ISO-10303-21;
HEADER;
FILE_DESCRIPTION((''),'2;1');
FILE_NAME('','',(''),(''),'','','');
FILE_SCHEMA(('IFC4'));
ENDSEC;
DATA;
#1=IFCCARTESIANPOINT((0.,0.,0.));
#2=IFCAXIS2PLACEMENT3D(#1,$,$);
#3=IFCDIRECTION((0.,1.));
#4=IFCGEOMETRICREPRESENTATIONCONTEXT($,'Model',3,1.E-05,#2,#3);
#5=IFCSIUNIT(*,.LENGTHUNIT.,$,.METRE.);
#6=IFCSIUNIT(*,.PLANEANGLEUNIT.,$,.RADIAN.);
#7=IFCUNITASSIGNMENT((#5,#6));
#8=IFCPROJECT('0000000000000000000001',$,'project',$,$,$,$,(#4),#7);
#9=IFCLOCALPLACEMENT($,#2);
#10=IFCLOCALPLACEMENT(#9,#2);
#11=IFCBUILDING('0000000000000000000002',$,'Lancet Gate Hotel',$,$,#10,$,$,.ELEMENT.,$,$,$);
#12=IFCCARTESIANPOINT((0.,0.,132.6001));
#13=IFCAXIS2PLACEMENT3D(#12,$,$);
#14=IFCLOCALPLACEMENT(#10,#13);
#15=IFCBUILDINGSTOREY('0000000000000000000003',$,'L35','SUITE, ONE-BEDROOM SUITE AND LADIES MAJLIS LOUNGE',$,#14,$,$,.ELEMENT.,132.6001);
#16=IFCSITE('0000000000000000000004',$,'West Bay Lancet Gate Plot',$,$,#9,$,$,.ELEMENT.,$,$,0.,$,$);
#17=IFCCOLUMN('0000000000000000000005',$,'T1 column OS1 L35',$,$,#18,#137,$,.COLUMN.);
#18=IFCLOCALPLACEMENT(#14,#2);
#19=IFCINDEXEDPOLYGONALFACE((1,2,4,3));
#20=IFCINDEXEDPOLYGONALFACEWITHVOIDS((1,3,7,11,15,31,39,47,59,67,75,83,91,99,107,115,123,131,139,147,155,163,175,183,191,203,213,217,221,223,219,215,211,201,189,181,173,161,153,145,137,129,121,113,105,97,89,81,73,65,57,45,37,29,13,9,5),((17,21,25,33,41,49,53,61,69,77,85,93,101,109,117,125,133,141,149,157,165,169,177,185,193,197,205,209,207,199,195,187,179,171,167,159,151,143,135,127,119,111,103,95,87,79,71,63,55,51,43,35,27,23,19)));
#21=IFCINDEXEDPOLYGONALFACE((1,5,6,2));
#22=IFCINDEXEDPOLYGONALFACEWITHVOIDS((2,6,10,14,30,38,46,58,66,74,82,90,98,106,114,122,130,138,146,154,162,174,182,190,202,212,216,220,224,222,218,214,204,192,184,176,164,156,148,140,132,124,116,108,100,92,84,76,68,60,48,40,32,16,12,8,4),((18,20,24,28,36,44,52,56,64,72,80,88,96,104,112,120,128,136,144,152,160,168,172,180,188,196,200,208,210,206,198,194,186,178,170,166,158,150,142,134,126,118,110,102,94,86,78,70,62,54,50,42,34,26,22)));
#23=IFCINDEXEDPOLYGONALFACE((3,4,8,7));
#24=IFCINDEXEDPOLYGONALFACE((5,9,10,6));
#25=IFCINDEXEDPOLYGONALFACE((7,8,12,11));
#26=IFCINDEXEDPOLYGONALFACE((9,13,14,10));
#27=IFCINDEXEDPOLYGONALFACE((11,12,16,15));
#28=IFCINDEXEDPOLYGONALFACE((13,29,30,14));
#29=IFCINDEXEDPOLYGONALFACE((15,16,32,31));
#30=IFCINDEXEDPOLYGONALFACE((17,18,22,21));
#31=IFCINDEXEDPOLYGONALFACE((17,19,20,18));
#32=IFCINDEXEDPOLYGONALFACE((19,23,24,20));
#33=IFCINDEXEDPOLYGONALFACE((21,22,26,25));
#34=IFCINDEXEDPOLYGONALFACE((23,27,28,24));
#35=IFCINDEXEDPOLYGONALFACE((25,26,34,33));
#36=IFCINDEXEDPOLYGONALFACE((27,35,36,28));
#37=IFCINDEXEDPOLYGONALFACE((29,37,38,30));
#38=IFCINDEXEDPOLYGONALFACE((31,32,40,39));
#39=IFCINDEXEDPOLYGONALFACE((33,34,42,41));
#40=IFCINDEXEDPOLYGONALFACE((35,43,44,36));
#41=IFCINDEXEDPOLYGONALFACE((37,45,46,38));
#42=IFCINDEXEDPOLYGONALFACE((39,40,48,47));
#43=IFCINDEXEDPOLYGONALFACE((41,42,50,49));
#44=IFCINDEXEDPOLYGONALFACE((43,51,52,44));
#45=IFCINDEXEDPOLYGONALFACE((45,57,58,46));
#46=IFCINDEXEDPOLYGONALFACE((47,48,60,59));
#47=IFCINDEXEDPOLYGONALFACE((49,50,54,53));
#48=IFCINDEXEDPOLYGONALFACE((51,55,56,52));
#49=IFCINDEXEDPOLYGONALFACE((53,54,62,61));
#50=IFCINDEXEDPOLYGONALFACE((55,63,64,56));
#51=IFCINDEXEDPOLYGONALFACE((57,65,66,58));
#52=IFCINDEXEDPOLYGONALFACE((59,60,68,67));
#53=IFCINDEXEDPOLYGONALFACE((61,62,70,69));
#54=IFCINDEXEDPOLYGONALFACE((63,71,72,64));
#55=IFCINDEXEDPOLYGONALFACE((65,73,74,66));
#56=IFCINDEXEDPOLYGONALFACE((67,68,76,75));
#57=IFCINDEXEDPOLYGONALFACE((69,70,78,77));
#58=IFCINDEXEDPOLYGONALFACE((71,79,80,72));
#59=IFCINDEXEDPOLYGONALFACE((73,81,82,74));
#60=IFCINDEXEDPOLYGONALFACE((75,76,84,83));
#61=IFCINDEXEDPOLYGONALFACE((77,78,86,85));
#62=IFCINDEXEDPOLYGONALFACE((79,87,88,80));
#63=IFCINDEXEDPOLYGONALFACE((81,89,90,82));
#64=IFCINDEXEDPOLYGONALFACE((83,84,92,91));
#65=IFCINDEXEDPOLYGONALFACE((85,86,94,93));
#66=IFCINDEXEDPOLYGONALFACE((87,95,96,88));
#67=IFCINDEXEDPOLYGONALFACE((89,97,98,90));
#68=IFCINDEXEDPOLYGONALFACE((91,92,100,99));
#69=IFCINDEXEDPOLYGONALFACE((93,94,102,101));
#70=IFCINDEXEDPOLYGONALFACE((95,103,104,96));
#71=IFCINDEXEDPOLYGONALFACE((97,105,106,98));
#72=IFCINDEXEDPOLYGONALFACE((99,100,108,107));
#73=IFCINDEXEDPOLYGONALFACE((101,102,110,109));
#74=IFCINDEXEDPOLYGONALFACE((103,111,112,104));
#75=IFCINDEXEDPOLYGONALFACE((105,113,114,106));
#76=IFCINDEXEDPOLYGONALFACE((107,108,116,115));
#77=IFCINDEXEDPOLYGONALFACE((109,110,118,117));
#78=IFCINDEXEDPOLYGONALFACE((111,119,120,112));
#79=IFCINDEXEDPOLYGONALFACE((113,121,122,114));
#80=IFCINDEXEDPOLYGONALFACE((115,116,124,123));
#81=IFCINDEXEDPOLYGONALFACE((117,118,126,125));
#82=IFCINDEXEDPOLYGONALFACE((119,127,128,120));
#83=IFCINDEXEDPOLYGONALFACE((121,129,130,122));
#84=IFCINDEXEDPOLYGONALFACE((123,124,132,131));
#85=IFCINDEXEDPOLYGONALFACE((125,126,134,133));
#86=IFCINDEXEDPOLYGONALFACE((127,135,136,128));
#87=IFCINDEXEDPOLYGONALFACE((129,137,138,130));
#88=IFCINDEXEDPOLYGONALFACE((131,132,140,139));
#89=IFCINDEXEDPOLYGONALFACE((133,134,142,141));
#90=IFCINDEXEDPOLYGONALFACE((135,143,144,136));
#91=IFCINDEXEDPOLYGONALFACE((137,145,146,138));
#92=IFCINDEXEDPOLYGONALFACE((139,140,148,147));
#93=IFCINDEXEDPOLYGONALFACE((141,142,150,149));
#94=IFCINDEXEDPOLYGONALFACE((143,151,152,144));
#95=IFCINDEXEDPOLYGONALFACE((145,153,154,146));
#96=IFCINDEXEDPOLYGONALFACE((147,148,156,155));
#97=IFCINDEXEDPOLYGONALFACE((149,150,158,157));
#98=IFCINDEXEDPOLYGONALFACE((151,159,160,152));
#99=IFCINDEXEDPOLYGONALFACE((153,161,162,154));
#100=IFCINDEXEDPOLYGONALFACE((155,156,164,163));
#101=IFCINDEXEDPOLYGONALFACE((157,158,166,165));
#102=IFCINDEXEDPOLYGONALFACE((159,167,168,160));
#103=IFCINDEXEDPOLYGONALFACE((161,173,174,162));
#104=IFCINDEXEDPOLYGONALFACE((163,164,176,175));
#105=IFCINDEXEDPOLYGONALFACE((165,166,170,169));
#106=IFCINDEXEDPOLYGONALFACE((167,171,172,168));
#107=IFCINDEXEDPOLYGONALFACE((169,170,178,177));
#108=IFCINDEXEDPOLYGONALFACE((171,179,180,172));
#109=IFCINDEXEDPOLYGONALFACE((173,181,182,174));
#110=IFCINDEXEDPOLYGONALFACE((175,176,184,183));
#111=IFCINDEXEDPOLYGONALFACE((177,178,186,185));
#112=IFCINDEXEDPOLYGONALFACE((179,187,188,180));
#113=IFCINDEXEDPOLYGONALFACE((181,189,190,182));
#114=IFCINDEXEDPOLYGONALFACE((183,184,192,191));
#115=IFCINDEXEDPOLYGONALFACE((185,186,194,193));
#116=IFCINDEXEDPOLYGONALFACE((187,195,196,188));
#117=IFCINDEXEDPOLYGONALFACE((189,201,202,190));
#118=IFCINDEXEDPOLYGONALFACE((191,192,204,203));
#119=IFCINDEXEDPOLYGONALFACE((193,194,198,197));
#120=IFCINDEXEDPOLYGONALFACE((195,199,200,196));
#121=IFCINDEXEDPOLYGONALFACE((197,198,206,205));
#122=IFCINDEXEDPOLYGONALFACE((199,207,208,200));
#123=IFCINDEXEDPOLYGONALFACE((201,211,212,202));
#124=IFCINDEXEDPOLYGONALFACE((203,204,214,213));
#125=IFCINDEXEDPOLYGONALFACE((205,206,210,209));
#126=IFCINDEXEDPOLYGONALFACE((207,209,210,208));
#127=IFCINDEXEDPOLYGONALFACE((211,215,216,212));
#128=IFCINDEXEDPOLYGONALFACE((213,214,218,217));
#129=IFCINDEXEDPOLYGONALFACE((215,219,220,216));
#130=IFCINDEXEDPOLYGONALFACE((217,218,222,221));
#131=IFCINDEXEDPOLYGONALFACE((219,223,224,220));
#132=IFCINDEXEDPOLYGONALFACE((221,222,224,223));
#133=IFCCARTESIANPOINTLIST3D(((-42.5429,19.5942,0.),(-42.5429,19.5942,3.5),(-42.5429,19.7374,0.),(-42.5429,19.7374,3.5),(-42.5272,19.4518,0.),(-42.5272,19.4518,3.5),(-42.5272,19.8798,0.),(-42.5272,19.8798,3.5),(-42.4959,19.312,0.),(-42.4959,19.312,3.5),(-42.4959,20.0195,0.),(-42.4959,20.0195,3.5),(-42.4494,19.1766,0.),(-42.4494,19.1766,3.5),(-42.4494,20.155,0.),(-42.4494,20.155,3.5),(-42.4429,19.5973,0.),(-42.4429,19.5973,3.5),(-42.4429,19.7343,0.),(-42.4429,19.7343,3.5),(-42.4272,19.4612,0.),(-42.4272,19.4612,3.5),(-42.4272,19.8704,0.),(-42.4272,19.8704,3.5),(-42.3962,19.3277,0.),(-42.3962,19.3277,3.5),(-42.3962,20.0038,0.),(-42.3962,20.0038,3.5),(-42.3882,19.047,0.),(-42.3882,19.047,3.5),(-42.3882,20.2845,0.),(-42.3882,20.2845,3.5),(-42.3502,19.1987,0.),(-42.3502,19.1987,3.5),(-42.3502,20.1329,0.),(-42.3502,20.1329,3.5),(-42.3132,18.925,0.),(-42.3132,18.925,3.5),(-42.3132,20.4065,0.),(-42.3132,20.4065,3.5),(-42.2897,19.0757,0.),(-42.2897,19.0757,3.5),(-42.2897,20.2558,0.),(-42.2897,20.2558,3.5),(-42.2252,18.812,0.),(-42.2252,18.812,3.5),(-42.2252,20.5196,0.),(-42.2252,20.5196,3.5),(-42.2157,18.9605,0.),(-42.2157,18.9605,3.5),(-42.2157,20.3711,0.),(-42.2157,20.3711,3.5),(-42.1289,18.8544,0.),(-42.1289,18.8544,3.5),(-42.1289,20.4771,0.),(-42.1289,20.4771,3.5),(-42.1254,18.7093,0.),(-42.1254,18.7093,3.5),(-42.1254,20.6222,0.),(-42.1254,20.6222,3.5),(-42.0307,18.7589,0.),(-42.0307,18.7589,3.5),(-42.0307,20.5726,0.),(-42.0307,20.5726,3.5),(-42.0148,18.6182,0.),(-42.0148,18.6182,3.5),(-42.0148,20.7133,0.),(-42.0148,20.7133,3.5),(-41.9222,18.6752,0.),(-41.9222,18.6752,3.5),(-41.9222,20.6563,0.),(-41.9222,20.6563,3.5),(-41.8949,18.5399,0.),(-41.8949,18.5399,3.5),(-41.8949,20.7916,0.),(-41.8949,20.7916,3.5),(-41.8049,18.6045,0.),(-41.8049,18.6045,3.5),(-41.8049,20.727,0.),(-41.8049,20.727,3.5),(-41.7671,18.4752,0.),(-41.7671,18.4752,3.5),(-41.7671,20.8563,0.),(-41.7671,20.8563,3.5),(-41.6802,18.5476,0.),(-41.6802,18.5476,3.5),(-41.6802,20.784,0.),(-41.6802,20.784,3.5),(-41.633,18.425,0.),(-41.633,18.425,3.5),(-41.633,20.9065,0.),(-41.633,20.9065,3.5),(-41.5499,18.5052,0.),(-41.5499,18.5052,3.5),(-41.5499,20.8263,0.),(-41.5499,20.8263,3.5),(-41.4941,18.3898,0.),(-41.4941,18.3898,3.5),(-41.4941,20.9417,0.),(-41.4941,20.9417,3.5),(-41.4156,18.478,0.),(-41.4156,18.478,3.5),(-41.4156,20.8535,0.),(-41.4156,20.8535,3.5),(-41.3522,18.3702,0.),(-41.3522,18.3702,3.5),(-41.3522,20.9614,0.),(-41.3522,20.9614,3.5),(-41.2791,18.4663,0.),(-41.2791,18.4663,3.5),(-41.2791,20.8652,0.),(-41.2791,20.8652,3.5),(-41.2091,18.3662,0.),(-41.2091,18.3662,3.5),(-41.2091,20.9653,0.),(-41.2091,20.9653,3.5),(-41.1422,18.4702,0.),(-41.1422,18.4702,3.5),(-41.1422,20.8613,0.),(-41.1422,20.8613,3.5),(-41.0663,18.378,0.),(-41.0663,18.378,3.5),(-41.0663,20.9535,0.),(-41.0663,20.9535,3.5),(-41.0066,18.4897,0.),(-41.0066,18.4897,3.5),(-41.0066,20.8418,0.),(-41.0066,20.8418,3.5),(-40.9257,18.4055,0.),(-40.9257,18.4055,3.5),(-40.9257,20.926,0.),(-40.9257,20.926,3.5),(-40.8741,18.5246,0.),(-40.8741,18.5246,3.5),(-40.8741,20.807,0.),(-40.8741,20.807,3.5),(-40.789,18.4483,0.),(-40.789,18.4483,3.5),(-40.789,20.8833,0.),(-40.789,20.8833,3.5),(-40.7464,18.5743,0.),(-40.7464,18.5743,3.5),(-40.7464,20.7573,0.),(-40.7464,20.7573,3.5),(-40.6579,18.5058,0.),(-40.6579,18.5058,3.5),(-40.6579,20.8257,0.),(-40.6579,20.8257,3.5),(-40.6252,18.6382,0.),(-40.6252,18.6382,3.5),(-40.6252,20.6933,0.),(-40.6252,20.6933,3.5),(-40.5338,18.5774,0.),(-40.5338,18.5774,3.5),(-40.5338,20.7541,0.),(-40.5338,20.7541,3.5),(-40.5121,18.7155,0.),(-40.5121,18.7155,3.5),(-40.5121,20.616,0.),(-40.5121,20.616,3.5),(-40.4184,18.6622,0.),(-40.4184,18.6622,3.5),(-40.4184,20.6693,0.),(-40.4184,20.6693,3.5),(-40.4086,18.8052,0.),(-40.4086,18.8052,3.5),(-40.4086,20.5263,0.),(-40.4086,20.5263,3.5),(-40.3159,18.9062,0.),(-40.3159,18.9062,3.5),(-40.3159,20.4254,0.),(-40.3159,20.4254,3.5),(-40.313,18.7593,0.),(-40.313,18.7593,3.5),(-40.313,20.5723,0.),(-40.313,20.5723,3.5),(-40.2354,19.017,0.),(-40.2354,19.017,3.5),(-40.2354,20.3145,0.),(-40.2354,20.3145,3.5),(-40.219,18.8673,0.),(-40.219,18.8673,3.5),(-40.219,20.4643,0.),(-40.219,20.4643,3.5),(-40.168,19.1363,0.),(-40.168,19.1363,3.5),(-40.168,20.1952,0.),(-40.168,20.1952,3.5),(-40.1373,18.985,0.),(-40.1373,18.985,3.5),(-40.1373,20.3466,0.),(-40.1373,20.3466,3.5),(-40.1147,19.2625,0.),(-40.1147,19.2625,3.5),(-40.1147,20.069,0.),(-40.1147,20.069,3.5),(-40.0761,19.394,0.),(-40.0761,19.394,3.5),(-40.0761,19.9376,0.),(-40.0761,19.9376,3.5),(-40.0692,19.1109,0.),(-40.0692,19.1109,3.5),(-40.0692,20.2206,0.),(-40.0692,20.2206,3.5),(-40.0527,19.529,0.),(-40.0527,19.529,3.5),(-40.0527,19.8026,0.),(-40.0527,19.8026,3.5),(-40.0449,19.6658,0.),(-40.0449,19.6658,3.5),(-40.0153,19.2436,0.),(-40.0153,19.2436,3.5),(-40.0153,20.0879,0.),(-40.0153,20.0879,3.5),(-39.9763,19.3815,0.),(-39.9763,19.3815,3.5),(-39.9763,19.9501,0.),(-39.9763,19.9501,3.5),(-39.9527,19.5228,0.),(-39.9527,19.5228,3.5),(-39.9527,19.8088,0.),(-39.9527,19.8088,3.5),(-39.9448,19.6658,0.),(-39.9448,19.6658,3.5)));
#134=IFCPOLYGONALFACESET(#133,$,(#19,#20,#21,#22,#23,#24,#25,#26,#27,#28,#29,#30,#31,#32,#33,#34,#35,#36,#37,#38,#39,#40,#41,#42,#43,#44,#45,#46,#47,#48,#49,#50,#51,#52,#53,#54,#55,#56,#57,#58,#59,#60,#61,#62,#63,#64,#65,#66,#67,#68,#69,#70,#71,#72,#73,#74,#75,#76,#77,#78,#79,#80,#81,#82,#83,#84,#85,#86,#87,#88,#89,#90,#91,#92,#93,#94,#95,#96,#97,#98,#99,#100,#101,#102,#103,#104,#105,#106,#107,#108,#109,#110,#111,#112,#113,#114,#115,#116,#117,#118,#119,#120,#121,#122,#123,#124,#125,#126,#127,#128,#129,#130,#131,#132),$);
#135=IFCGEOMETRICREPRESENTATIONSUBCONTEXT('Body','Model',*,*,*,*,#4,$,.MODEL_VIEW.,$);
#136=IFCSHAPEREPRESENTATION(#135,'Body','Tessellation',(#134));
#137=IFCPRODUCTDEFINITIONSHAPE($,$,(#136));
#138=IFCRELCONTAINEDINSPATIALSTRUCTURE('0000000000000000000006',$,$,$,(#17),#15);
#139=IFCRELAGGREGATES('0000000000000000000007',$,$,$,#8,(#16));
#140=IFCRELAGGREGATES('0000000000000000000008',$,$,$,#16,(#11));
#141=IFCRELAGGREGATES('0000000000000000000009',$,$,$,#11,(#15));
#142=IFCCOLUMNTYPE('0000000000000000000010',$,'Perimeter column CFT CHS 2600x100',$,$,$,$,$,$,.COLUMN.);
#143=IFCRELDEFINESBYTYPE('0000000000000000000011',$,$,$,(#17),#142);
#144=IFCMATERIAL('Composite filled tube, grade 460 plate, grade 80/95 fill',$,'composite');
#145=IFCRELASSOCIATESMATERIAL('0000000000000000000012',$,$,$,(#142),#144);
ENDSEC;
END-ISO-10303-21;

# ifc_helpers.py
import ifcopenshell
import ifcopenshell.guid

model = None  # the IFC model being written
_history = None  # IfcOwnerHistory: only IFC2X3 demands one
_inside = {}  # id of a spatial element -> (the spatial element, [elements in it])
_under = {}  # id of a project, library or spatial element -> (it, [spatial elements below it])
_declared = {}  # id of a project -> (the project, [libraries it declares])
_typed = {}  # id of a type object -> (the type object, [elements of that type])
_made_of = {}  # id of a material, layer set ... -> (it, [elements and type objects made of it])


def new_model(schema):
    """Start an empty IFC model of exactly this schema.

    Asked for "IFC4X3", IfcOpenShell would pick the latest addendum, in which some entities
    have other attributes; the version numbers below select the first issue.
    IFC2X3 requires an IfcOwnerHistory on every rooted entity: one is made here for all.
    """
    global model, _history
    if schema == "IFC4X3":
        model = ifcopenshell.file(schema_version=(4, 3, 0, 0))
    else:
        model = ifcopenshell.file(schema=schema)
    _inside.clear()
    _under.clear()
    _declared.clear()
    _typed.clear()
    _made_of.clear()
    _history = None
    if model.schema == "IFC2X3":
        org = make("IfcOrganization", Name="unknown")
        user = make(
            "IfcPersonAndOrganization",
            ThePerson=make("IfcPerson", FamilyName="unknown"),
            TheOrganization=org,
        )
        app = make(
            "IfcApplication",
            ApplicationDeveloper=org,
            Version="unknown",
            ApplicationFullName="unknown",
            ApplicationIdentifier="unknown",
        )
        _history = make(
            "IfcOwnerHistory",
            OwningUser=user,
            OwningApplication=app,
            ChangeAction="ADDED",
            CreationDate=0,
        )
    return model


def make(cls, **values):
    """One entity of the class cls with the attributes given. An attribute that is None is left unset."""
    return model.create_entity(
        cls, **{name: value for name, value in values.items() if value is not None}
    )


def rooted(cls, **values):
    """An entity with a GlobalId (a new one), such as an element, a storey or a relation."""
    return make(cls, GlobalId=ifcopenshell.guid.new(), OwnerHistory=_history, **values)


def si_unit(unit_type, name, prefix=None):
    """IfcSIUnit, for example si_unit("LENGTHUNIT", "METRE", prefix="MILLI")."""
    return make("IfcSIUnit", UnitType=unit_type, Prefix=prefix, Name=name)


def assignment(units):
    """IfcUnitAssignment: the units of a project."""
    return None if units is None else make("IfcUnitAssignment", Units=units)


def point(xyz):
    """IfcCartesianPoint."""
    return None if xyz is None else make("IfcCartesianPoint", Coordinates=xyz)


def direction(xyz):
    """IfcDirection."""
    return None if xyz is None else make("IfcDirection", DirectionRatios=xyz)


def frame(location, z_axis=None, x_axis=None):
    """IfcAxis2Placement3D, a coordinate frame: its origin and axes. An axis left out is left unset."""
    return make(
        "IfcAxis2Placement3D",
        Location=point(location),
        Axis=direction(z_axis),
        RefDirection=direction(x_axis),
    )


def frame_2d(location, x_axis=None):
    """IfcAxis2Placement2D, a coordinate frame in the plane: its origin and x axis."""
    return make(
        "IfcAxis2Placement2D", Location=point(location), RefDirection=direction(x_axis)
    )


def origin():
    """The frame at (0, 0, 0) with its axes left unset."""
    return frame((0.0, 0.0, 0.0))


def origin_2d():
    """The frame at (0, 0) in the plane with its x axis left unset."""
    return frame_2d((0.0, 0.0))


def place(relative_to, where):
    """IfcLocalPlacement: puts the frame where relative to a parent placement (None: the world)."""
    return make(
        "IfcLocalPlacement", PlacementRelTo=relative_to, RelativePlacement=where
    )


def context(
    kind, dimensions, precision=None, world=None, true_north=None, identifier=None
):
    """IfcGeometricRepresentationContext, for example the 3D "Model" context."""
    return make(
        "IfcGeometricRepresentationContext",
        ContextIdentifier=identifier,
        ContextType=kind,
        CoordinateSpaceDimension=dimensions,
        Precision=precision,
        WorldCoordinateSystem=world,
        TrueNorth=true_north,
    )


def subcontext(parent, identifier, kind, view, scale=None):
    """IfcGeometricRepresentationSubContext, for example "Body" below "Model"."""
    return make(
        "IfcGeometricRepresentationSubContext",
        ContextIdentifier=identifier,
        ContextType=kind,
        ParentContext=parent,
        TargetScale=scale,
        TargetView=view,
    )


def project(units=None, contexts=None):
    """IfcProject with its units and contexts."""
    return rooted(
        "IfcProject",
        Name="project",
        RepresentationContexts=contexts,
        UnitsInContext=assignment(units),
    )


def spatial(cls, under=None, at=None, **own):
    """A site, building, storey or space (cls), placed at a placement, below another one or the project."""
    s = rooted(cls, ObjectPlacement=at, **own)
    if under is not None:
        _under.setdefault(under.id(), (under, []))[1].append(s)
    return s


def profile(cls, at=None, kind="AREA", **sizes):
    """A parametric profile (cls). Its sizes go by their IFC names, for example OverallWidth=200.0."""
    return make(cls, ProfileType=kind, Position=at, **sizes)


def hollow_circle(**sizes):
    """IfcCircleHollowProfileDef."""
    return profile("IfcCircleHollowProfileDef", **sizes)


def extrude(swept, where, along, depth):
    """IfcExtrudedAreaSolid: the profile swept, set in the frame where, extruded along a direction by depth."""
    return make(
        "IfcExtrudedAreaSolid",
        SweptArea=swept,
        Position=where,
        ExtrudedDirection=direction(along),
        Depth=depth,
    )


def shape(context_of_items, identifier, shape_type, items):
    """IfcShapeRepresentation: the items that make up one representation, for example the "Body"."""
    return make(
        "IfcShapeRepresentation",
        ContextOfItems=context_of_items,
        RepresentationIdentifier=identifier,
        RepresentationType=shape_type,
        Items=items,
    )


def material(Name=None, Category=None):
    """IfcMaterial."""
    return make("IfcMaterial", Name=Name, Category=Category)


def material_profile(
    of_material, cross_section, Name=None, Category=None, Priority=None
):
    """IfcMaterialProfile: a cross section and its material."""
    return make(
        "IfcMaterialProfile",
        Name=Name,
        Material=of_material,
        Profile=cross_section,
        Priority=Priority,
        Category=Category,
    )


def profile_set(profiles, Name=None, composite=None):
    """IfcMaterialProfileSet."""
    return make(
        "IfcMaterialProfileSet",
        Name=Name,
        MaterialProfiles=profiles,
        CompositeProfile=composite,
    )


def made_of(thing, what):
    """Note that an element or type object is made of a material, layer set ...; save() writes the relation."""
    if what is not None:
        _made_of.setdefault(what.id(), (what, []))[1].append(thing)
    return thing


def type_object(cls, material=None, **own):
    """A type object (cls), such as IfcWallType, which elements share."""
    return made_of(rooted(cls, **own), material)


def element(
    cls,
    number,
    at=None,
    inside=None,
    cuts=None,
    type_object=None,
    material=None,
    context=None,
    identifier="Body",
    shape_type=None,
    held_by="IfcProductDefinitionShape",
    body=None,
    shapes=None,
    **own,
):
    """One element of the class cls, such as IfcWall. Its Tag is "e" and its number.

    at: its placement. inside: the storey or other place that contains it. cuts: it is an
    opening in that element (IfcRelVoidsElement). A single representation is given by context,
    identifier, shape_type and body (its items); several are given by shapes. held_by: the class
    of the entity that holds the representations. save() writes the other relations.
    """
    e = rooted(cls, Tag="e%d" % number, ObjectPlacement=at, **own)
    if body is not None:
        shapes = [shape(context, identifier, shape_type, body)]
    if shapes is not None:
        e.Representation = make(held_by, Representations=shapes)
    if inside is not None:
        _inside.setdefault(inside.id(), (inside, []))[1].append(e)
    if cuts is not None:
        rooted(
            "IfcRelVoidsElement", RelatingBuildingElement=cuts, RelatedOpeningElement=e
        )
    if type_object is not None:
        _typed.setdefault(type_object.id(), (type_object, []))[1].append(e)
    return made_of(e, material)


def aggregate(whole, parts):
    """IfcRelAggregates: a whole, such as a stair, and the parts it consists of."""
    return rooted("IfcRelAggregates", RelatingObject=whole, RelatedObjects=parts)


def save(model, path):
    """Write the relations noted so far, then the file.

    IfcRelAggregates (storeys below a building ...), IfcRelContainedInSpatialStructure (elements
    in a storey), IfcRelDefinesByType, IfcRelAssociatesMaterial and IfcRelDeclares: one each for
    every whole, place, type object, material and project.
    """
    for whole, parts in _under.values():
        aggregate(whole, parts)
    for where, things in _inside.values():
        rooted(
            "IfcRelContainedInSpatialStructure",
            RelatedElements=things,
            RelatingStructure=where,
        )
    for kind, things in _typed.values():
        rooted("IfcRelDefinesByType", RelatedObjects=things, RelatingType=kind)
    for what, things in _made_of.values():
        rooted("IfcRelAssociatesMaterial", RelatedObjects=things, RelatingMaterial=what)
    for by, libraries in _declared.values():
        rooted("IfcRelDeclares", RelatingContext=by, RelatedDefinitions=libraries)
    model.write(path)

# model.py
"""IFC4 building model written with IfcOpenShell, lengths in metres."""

from ifc_helpers import new_model, si_unit, direction, frame, origin, origin_2d, place, context, subcontext, project, spatial, hollow_circle, extrude, material, material_profile, profile_set, type_object, element, save


model = new_model("IFC4")

# Units and contexts
model_context = context("Model", 3, precision=1e-05, world=origin(), true_north=direction((0.0, 1.0)))
body_context = subcontext(model_context, "Body", "Model", "MODEL_VIEW")
ifc_project = project(units=[si_unit("LENGTHUNIT", "METRE"), si_unit("PLANEANGLEUNIT", "RADIAN")], contexts=[model_context])

# Site, building, storey
site_placement = place(None, origin())
site = spatial("IfcSite", under=ifc_project, at=site_placement, Name="West Bay Lancet Gate Plot", CompositionType="ELEMENT", RefElevation=0.0)
building_placement = place(site_placement, origin())
building = spatial("IfcBuilding", under=site, at=building_placement, Name="Lancet Gate Hotel", CompositionType="ELEMENT")
storey_placement = place(building_placement, frame((0.0, 0.0, 132.6001)))
storey = spatial("IfcBuildingStorey", under=building, at=storey_placement, Name="L35", Description="SUITE, ONE-BEDROOM SUITE AND LADIES MAJLIS LOUNGE", CompositionType="ELEMENT", Elevation=132.6001)

# Column
ifc_material_1 = material(Name="Composite filled tube, grade 460 plate, grade 80/95 fill", Category="composite")
ifc_material_profile_1 = material_profile(ifc_material_1, hollow_circle(Radius=1.3, WallThickness=0.1001, at=origin_2d()), Name="CHS 2600x100")
ifc_profile_set_1 = profile_set([ifc_material_profile_1], Name="Composite filled tube, grade 460 plate, grade 80/95 fill")
column_type = type_object("IfcColumnType", Name="Perimeter column CFT CHS 2600x100", PredefinedType="COLUMN", material=ifc_profile_set_1)
for number, where, z_axis, x_axis, name in (
    (1, (-41.2449, 19.6658, 0.0), (0.0, 0.0, 1.0), (1.0, 0.0, 0.0), "T1 column OS1 L35"),
):
    element("IfcColumn", number, at=place(storey_placement, frame(where, z_axis=z_axis, x_axis=x_axis)), inside=storey, type_object=column_type, Name=name, PredefinedType="COLUMN", context=body_context, shape_type="SweptSolid", body=[
        extrude(hollow_circle(Radius=1.3, WallThickness=0.1001, at=origin_2d()), origin(), (0.0, 0.0, 1.0), 3.5),
    ])

save(model, "model.ifc")
